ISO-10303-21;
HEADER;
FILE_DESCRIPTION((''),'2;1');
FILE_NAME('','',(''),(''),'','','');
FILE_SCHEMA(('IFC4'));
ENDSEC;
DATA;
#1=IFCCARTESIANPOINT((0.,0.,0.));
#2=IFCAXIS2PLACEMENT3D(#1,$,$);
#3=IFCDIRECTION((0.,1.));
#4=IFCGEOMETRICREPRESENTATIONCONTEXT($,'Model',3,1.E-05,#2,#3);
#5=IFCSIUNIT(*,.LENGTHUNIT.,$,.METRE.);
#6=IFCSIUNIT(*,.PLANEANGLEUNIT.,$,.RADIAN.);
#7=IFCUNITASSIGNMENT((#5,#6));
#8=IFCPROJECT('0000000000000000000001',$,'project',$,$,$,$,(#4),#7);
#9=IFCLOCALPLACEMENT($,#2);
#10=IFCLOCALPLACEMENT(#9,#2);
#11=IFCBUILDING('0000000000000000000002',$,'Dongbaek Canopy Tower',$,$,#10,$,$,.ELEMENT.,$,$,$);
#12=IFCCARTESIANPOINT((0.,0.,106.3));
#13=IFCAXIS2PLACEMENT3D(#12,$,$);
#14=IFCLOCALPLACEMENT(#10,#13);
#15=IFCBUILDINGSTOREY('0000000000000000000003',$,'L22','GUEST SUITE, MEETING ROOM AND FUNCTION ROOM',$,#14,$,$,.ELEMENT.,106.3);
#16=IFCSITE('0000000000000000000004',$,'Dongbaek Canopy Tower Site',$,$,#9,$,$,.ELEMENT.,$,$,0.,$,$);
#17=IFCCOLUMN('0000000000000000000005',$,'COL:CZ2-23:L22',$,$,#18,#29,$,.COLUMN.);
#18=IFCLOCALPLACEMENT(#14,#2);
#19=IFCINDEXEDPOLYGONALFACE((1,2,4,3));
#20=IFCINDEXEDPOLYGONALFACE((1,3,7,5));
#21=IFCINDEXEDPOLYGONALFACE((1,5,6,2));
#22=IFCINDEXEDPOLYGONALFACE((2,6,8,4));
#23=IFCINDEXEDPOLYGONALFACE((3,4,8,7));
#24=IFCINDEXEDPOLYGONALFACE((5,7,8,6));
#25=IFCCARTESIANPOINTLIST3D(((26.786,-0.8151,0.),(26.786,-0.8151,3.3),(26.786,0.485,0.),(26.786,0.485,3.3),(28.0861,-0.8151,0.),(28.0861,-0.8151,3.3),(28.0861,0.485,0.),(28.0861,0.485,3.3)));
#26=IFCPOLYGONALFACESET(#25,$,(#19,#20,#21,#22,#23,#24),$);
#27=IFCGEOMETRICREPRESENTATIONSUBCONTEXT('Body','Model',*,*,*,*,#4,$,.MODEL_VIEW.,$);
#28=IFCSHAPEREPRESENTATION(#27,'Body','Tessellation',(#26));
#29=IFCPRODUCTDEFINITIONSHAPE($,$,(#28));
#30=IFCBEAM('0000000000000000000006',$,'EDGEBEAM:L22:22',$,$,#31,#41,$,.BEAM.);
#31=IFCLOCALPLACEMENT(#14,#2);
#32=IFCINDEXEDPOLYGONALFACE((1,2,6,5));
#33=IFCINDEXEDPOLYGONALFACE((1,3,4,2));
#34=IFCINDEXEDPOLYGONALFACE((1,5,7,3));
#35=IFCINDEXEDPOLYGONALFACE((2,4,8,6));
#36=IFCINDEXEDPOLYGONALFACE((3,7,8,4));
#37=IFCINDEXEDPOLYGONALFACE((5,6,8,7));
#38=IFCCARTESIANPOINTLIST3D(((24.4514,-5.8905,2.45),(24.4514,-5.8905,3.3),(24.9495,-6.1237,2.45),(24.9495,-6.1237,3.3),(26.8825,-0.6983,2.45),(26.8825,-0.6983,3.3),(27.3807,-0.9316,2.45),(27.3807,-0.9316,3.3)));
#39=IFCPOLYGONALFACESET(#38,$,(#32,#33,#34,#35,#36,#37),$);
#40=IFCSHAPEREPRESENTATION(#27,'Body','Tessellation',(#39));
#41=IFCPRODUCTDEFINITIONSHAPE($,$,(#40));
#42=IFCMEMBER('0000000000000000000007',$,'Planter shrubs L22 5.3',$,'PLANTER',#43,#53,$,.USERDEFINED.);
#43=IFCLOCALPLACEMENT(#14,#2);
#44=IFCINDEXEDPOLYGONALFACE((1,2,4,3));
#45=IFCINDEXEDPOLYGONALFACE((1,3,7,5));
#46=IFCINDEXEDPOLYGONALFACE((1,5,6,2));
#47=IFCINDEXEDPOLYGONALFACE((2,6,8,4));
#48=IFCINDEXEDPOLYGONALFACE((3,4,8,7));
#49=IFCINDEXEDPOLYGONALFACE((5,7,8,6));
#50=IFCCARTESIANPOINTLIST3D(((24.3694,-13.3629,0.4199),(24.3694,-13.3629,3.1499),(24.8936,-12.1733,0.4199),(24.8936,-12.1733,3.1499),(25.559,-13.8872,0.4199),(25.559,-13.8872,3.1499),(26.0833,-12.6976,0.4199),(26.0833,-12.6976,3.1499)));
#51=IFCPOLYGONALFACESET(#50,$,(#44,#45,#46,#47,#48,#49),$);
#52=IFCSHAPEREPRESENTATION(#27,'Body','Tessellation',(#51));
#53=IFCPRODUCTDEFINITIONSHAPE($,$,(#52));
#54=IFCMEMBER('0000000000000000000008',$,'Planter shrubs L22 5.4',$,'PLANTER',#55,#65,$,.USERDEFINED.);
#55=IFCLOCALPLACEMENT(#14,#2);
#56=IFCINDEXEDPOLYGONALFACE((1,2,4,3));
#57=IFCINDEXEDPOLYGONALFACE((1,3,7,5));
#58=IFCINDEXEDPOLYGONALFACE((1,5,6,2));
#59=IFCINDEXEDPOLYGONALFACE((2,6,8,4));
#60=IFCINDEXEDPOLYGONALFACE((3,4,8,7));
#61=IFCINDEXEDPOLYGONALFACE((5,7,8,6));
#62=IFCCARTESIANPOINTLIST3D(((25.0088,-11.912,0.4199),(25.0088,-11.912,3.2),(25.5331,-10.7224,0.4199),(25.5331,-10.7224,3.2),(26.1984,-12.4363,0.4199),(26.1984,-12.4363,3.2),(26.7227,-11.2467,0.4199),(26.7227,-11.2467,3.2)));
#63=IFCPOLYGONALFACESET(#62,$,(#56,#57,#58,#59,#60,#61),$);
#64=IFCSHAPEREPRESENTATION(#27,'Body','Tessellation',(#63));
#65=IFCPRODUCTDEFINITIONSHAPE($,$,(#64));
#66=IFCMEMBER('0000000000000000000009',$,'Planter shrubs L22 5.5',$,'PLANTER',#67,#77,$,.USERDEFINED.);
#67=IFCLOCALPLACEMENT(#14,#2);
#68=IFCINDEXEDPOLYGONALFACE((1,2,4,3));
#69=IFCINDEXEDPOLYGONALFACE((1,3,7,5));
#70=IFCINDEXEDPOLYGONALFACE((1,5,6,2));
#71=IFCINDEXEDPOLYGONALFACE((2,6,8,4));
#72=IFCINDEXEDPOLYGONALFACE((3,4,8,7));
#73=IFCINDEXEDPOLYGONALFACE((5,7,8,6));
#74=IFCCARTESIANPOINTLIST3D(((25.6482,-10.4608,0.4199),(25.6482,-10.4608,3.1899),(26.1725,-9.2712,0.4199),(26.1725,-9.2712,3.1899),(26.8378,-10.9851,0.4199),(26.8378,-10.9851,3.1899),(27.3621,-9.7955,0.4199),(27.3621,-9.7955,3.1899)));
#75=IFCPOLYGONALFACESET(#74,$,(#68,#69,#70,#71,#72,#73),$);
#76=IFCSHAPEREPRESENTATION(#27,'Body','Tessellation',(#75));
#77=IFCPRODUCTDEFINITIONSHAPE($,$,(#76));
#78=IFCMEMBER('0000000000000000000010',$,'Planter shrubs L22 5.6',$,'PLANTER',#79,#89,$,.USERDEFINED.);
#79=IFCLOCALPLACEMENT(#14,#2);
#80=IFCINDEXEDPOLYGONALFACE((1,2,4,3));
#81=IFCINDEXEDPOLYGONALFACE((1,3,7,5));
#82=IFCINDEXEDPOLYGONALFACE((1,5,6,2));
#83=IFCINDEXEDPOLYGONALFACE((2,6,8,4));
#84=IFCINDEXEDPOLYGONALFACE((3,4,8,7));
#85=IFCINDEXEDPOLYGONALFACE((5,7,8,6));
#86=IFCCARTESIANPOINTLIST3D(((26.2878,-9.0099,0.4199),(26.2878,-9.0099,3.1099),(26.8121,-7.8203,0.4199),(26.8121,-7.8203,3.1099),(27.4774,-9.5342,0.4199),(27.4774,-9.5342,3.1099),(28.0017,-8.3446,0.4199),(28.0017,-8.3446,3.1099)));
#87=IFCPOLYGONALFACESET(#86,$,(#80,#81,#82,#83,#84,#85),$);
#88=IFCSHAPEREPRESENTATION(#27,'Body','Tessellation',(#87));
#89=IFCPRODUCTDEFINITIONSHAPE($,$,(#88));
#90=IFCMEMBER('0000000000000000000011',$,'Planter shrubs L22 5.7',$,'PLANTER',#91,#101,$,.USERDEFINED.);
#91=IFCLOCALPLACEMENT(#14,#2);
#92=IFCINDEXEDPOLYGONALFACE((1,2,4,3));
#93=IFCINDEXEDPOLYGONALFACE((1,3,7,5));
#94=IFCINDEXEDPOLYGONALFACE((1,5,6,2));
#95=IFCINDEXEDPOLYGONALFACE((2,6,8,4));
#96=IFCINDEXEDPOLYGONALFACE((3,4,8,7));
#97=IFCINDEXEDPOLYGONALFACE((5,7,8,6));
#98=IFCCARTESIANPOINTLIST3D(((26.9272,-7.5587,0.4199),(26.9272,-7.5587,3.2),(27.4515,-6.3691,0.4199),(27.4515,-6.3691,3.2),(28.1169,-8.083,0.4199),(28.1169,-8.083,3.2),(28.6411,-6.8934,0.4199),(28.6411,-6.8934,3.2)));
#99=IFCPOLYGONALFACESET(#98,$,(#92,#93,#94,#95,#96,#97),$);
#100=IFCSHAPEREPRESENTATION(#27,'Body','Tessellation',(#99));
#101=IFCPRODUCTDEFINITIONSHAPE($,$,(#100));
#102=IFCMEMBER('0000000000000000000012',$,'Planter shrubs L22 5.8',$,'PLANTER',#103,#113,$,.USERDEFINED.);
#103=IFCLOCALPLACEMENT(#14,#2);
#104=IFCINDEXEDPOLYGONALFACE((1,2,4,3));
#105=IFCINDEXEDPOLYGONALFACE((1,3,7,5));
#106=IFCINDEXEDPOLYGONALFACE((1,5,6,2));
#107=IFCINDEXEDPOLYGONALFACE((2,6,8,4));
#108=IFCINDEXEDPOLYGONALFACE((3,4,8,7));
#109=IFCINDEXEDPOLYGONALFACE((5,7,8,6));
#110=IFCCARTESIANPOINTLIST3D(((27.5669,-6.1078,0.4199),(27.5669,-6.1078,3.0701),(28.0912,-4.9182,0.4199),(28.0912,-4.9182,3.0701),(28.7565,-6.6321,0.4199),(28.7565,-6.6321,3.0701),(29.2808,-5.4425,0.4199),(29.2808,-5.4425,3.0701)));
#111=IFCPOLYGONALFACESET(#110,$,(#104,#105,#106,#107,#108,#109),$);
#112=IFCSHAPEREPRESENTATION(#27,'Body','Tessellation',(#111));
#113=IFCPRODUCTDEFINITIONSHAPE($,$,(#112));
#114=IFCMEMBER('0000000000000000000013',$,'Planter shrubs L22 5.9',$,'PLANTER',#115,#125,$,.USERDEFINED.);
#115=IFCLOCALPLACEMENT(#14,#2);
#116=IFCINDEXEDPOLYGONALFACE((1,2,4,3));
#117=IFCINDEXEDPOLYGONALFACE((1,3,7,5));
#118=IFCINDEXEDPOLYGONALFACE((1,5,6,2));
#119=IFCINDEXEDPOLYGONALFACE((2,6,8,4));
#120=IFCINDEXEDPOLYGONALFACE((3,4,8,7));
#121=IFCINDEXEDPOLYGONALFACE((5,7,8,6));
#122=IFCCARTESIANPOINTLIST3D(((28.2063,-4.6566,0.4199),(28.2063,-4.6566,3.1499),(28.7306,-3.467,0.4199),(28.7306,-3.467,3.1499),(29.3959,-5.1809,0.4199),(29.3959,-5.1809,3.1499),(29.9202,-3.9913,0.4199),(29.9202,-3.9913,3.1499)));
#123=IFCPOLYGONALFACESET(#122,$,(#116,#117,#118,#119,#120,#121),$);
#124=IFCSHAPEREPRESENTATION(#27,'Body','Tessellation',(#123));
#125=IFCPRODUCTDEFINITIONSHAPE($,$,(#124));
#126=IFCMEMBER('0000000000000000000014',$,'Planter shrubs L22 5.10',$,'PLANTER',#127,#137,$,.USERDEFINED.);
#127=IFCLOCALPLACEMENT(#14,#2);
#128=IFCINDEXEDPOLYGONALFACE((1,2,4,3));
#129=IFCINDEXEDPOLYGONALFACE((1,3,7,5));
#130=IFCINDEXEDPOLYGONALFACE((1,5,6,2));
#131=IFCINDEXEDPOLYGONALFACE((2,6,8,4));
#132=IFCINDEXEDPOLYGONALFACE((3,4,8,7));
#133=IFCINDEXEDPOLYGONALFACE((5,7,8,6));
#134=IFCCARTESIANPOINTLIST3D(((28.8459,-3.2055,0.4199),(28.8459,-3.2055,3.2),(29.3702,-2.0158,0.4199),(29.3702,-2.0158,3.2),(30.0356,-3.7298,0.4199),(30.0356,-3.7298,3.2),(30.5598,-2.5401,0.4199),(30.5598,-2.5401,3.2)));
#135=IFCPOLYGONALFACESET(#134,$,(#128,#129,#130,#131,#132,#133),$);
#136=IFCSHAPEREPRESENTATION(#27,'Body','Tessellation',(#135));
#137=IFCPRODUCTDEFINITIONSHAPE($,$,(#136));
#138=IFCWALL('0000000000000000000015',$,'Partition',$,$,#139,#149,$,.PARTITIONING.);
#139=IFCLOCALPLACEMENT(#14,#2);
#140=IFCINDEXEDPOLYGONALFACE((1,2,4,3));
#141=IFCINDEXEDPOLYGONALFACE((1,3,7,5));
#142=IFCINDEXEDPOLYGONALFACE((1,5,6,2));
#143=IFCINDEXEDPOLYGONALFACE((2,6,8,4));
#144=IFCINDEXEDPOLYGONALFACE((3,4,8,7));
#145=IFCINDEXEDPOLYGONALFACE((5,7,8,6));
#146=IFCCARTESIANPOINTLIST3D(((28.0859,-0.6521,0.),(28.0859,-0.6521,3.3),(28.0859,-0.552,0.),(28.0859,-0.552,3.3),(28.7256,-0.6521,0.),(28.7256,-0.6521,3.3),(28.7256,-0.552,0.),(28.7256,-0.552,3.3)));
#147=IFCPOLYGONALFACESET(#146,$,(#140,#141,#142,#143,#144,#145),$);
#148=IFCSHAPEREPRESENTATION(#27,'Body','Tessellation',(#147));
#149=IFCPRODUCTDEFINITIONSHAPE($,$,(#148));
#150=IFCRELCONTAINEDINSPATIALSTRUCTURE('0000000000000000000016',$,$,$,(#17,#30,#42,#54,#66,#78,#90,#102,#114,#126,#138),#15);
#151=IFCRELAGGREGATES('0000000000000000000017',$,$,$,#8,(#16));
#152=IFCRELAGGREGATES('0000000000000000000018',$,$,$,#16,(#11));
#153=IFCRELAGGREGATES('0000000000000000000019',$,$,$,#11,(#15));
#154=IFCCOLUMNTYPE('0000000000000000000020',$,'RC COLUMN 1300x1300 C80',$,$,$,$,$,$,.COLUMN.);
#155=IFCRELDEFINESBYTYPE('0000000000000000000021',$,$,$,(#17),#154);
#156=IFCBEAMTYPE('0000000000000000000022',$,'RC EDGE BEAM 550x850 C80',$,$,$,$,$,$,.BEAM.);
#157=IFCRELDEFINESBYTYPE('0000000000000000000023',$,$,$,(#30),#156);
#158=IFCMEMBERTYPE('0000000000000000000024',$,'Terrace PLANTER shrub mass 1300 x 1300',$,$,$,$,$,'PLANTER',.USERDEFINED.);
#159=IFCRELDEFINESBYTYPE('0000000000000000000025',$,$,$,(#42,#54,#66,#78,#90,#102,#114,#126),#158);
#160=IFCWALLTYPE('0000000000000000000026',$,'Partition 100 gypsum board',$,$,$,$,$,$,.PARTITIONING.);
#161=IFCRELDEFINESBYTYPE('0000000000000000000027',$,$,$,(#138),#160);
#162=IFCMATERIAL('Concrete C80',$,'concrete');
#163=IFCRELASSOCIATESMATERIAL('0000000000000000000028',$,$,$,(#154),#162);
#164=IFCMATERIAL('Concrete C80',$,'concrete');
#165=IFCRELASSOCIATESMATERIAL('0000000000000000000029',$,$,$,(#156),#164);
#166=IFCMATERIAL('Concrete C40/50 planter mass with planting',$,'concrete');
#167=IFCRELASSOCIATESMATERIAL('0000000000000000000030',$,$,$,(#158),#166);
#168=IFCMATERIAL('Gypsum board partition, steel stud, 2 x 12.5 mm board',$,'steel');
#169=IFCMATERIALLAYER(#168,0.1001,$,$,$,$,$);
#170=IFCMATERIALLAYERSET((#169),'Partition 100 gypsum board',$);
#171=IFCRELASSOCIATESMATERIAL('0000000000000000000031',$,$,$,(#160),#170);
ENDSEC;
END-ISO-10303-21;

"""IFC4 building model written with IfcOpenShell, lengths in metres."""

from ifc_helpers import new_model, si_unit, direction, frame, frame_2d, origin, origin_2d, place, context, subcontext, project, spatial, rectangle, extrude, material, layer, layer_set, material_profile, profile_set, type_object, element, save


model = new_model("IFC4")

# Units and contexts
model_context = context("Model", 3, precision=1e-05, world=origin(), true_north=direction((0.0, 1.0)))
body_context = subcontext(model_context, "Body", "Model", "MODEL_VIEW")
ifc_project = project(units=[si_unit("LENGTHUNIT", "METRE"), si_unit("PLANEANGLEUNIT", "RADIAN")], contexts=[model_context])

# Site, building, storey
site_placement = place(None, origin())
site = spatial("IfcSite", under=ifc_project, at=site_placement, Name="Dongbaek Canopy Tower Site", CompositionType="ELEMENT", RefElevation=0.0)
building_placement = place(site_placement, origin())
building = spatial("IfcBuilding", under=site, at=building_placement, Name="Dongbaek Canopy Tower", CompositionType="ELEMENT")
storey_placement = place(building_placement, frame((0.0, 0.0, 106.3)))
storey = spatial("IfcBuildingStorey", under=building, at=storey_placement, Name="L22", Description="GUEST SUITE, MEETING ROOM AND FUNCTION ROOM", CompositionType="ELEMENT", Elevation=106.3)

# Column
ifc_material_1 = material(Name="Concrete C80", Category="concrete")
ifc_material_profile_1 = material_profile(ifc_material_1, rectangle(XDim=1.3, YDim=1.3, at=origin_2d()), Name="RC COLUMN 1300x1300 C80")
ifc_profile_set_1 = profile_set([ifc_material_profile_1], Name="Concrete C80")
column_type = type_object("IfcColumnType", Name="RC COLUMN 1300x1300 C80", PredefinedType="COLUMN", material=ifc_profile_set_1)
column_placement = place(storey_placement, frame((27.436, -0.165, 0.0), z_axis=(0.0, 0.0, 1.0), x_axis=(1.0, 0.0, 0.0)))
element("IfcColumn", 1, at=column_placement, inside=storey, type_object=column_type, Name="COL:CZ2-23:L22", PredefinedType="COLUMN", context=body_context, shape_type="SweptSolid", body=[
    extrude(rectangle(XDim=1.3, YDim=1.3, at=origin_2d()), origin(), (0.0, 0.0, 1.0), 3.3),
])

# Beam
ifc_material_2 = material(Name="Concrete C80", Category="concrete")
ifc_material_profile_2 = material_profile(ifc_material_2, rectangle(XDim=0.55, YDim=0.8501, at=origin_2d()), Name="RC EDGE BEAM 550x850 C80")
ifc_profile_set_2 = profile_set([ifc_material_profile_2], Name="Concrete C80")
beam_type = type_object("IfcBeamType", Name="RC EDGE BEAM 550x850 C80", PredefinedType="BEAM", material=ifc_profile_set_2)
beam_placement = place(storey_placement, frame((27.1316, -0.8149, 2.875), z_axis=(-0.424053, -0.905637, 0.0), x_axis=(0.905637, -0.424053, 0.0)))
element("IfcBeam", 2, at=beam_placement, inside=storey, type_object=beam_type, Name="EDGEBEAM:L22:22", PredefinedType="BEAM", context=body_context, shape_type="SweptSolid", body=[
    extrude(rectangle(XDim=0.55, YDim=0.8501, at=origin_2d()), origin(), (0.0, 0.0, 1.0), 5.7332),
])

# Members
ifc_material_3 = material(Name="Concrete C40/50 planter mass with planting", Category="concrete")
ifc_material_profile_3 = material_profile(ifc_material_3, rectangle(XDim=1.3, YDim=1.3, at=origin_2d()), Name="Terrace PLANTER shrub mass 1300 x 1300")
ifc_profile_set_3 = profile_set([ifc_material_profile_3], Name="Concrete C40/50 planter mass with planting")
member_type = type_object("IfcMemberType", Name="Terrace PLANTER shrub mass 1300 x 1300", ElementType="PLANTER", PredefinedType="USERDEFINED", material=ifc_profile_set_3)
member_1_placement = place(storey_placement, frame((25.2263, -13.0303, 0.4199), z_axis=(0.0, 0.0, 1.0), x_axis=(0.915073, -0.403289, 0.0)))
element("IfcMember", 3, at=member_1_placement, inside=storey, type_object=member_type, Name="Planter shrubs L22 5.3", ObjectType="PLANTER", PredefinedType="USERDEFINED", context=body_context, shape_type="SweptSolid", body=[
    extrude(rectangle(XDim=1.3, YDim=1.3, at=origin_2d()), origin(), (0.0, 0.0, 1.0), 2.73),
])
member_2_placement = place(storey_placement, frame((25.8657, -11.5793, 0.4199), z_axis=(0.0, 0.0, 1.0), x_axis=(0.915073, -0.403289, 0.0)))
element("IfcMember", 4, at=member_2_placement, inside=storey, type_object=member_type, Name="Planter shrubs L22 5.4", ObjectType="PLANTER", PredefinedType="USERDEFINED", context=body_context, shape_type="SweptSolid", body=[
    extrude(rectangle(XDim=1.3, YDim=1.3, at=origin_2d()), origin(), (0.0, 0.0, 1.0), 2.78),
])
member_3_placement = place(storey_placement, frame((26.5051, -10.1282, 0.4199), z_axis=(0.0, 0.0, 1.0), x_axis=(0.915073, -0.403289, 0.0)))
element("IfcMember", 5, at=member_3_placement, inside=storey, type_object=member_type, Name="Planter shrubs L22 5.5", ObjectType="PLANTER", PredefinedType="USERDEFINED", context=body_context, shape_type="SweptSolid", body=[
    extrude(rectangle(XDim=1.3, YDim=1.3, at=origin_2d()), origin(), (0.0, 0.0, 1.0), 2.77),
])
member_4_placement = place(storey_placement, frame((27.1448, -8.6772, 0.4199), z_axis=(0.0, 0.0, 1.0), x_axis=(0.915073, -0.403289, 0.0)))
element("IfcMember", 6, at=member_4_placement, inside=storey, type_object=member_type, Name="Planter shrubs L22 5.6", ObjectType="PLANTER", PredefinedType="USERDEFINED", context=body_context, shape_type="SweptSolid", body=[
    extrude(rectangle(XDim=1.3, YDim=1.3, at=origin_2d()), origin(), (0.0, 0.0, 1.0), 2.6899),
])
member_5_placement = place(storey_placement, frame((27.7842, -7.2261, 0.4199), z_axis=(0.0, 0.0, 1.0), x_axis=(0.915073, -0.403289, 0.0)))
element("IfcMember", 7, at=member_5_placement, inside=storey, type_object=member_type, Name="Planter shrubs L22 5.7", ObjectType="PLANTER", PredefinedType="USERDEFINED", context=body_context, shape_type="SweptSolid", body=[
    extrude(rectangle(XDim=1.3, YDim=1.3, at=origin_2d()), origin(), (0.0, 0.0, 1.0), 2.78),
])
member_6_placement = place(storey_placement, frame((28.4238, -5.7751, 0.4199), z_axis=(0.0, 0.0, 1.0), x_axis=(0.915073, -0.403289, 0.0)))
element("IfcMember", 8, at=member_6_placement, inside=storey, type_object=member_type, Name="Planter shrubs L22 5.8", ObjectType="PLANTER", PredefinedType="USERDEFINED", context=body_context, shape_type="SweptSolid", body=[
    extrude(rectangle(XDim=1.3, YDim=1.3, at=origin_2d()), origin(), (0.0, 0.0, 1.0), 2.6501),
])
member_7_placement = place(storey_placement, frame((29.0632, -4.324, 0.4199), z_axis=(0.0, 0.0, 1.0), x_axis=(0.915073, -0.403289, 0.0)))
element("IfcMember", 9, at=member_7_placement, inside=storey, type_object=member_type, Name="Planter shrubs L22 5.9", ObjectType="PLANTER", PredefinedType="USERDEFINED", context=body_context, shape_type="SweptSolid", body=[
    extrude(rectangle(XDim=1.3, YDim=1.3, at=origin_2d()), origin(), (0.0, 0.0, 1.0), 2.73),
])
member_8_placement = place(storey_placement, frame((29.7029, -2.8728, 0.4199), z_axis=(0.0, 0.0, 1.0), x_axis=(0.915073, -0.403289, 0.0)))
element("IfcMember", 10, at=member_8_placement, inside=storey, type_object=member_type, Name="Planter shrubs L22 5.10", ObjectType="PLANTER", PredefinedType="USERDEFINED", context=body_context, shape_type="SweptSolid", body=[
    extrude(rectangle(XDim=1.3, YDim=1.3, at=origin_2d()), origin(), (0.0, 0.0, 1.0), 2.78),
])

# Wall
ifc_material_4 = material(Name="Gypsum board partition, steel stud, 2 x 12.5 mm board", Category="steel")
ifc_layer_1 = layer(ifc_material_4, 0.1001)
ifc_layer_set_1 = layer_set([ifc_layer_1], Name="Partition 100 gypsum board")
wall_type_1 = type_object("IfcWallType", Name="Partition 100 gypsum board", PredefinedType="PARTITIONING", material=ifc_layer_set_1)
wall_1_placement = place(storey_placement, frame((28.0859, -0.6021, 0.0), z_axis=(0.0, 0.0, 1.0), x_axis=(1.0, 0.0, 0.0)))
element("IfcWall", 11, at=wall_1_placement, inside=storey, type_object=wall_type_1, Name="Partition", PredefinedType="PARTITIONING", context=body_context, shape_type="SweptSolid", body=[
    extrude(rectangle(XDim=0.6396, YDim=0.1001, at=frame_2d((0.3198, 0.0))), origin(), (0.0, 0.0, 1.0), 3.3),
])

save(model, "model.ifc")
